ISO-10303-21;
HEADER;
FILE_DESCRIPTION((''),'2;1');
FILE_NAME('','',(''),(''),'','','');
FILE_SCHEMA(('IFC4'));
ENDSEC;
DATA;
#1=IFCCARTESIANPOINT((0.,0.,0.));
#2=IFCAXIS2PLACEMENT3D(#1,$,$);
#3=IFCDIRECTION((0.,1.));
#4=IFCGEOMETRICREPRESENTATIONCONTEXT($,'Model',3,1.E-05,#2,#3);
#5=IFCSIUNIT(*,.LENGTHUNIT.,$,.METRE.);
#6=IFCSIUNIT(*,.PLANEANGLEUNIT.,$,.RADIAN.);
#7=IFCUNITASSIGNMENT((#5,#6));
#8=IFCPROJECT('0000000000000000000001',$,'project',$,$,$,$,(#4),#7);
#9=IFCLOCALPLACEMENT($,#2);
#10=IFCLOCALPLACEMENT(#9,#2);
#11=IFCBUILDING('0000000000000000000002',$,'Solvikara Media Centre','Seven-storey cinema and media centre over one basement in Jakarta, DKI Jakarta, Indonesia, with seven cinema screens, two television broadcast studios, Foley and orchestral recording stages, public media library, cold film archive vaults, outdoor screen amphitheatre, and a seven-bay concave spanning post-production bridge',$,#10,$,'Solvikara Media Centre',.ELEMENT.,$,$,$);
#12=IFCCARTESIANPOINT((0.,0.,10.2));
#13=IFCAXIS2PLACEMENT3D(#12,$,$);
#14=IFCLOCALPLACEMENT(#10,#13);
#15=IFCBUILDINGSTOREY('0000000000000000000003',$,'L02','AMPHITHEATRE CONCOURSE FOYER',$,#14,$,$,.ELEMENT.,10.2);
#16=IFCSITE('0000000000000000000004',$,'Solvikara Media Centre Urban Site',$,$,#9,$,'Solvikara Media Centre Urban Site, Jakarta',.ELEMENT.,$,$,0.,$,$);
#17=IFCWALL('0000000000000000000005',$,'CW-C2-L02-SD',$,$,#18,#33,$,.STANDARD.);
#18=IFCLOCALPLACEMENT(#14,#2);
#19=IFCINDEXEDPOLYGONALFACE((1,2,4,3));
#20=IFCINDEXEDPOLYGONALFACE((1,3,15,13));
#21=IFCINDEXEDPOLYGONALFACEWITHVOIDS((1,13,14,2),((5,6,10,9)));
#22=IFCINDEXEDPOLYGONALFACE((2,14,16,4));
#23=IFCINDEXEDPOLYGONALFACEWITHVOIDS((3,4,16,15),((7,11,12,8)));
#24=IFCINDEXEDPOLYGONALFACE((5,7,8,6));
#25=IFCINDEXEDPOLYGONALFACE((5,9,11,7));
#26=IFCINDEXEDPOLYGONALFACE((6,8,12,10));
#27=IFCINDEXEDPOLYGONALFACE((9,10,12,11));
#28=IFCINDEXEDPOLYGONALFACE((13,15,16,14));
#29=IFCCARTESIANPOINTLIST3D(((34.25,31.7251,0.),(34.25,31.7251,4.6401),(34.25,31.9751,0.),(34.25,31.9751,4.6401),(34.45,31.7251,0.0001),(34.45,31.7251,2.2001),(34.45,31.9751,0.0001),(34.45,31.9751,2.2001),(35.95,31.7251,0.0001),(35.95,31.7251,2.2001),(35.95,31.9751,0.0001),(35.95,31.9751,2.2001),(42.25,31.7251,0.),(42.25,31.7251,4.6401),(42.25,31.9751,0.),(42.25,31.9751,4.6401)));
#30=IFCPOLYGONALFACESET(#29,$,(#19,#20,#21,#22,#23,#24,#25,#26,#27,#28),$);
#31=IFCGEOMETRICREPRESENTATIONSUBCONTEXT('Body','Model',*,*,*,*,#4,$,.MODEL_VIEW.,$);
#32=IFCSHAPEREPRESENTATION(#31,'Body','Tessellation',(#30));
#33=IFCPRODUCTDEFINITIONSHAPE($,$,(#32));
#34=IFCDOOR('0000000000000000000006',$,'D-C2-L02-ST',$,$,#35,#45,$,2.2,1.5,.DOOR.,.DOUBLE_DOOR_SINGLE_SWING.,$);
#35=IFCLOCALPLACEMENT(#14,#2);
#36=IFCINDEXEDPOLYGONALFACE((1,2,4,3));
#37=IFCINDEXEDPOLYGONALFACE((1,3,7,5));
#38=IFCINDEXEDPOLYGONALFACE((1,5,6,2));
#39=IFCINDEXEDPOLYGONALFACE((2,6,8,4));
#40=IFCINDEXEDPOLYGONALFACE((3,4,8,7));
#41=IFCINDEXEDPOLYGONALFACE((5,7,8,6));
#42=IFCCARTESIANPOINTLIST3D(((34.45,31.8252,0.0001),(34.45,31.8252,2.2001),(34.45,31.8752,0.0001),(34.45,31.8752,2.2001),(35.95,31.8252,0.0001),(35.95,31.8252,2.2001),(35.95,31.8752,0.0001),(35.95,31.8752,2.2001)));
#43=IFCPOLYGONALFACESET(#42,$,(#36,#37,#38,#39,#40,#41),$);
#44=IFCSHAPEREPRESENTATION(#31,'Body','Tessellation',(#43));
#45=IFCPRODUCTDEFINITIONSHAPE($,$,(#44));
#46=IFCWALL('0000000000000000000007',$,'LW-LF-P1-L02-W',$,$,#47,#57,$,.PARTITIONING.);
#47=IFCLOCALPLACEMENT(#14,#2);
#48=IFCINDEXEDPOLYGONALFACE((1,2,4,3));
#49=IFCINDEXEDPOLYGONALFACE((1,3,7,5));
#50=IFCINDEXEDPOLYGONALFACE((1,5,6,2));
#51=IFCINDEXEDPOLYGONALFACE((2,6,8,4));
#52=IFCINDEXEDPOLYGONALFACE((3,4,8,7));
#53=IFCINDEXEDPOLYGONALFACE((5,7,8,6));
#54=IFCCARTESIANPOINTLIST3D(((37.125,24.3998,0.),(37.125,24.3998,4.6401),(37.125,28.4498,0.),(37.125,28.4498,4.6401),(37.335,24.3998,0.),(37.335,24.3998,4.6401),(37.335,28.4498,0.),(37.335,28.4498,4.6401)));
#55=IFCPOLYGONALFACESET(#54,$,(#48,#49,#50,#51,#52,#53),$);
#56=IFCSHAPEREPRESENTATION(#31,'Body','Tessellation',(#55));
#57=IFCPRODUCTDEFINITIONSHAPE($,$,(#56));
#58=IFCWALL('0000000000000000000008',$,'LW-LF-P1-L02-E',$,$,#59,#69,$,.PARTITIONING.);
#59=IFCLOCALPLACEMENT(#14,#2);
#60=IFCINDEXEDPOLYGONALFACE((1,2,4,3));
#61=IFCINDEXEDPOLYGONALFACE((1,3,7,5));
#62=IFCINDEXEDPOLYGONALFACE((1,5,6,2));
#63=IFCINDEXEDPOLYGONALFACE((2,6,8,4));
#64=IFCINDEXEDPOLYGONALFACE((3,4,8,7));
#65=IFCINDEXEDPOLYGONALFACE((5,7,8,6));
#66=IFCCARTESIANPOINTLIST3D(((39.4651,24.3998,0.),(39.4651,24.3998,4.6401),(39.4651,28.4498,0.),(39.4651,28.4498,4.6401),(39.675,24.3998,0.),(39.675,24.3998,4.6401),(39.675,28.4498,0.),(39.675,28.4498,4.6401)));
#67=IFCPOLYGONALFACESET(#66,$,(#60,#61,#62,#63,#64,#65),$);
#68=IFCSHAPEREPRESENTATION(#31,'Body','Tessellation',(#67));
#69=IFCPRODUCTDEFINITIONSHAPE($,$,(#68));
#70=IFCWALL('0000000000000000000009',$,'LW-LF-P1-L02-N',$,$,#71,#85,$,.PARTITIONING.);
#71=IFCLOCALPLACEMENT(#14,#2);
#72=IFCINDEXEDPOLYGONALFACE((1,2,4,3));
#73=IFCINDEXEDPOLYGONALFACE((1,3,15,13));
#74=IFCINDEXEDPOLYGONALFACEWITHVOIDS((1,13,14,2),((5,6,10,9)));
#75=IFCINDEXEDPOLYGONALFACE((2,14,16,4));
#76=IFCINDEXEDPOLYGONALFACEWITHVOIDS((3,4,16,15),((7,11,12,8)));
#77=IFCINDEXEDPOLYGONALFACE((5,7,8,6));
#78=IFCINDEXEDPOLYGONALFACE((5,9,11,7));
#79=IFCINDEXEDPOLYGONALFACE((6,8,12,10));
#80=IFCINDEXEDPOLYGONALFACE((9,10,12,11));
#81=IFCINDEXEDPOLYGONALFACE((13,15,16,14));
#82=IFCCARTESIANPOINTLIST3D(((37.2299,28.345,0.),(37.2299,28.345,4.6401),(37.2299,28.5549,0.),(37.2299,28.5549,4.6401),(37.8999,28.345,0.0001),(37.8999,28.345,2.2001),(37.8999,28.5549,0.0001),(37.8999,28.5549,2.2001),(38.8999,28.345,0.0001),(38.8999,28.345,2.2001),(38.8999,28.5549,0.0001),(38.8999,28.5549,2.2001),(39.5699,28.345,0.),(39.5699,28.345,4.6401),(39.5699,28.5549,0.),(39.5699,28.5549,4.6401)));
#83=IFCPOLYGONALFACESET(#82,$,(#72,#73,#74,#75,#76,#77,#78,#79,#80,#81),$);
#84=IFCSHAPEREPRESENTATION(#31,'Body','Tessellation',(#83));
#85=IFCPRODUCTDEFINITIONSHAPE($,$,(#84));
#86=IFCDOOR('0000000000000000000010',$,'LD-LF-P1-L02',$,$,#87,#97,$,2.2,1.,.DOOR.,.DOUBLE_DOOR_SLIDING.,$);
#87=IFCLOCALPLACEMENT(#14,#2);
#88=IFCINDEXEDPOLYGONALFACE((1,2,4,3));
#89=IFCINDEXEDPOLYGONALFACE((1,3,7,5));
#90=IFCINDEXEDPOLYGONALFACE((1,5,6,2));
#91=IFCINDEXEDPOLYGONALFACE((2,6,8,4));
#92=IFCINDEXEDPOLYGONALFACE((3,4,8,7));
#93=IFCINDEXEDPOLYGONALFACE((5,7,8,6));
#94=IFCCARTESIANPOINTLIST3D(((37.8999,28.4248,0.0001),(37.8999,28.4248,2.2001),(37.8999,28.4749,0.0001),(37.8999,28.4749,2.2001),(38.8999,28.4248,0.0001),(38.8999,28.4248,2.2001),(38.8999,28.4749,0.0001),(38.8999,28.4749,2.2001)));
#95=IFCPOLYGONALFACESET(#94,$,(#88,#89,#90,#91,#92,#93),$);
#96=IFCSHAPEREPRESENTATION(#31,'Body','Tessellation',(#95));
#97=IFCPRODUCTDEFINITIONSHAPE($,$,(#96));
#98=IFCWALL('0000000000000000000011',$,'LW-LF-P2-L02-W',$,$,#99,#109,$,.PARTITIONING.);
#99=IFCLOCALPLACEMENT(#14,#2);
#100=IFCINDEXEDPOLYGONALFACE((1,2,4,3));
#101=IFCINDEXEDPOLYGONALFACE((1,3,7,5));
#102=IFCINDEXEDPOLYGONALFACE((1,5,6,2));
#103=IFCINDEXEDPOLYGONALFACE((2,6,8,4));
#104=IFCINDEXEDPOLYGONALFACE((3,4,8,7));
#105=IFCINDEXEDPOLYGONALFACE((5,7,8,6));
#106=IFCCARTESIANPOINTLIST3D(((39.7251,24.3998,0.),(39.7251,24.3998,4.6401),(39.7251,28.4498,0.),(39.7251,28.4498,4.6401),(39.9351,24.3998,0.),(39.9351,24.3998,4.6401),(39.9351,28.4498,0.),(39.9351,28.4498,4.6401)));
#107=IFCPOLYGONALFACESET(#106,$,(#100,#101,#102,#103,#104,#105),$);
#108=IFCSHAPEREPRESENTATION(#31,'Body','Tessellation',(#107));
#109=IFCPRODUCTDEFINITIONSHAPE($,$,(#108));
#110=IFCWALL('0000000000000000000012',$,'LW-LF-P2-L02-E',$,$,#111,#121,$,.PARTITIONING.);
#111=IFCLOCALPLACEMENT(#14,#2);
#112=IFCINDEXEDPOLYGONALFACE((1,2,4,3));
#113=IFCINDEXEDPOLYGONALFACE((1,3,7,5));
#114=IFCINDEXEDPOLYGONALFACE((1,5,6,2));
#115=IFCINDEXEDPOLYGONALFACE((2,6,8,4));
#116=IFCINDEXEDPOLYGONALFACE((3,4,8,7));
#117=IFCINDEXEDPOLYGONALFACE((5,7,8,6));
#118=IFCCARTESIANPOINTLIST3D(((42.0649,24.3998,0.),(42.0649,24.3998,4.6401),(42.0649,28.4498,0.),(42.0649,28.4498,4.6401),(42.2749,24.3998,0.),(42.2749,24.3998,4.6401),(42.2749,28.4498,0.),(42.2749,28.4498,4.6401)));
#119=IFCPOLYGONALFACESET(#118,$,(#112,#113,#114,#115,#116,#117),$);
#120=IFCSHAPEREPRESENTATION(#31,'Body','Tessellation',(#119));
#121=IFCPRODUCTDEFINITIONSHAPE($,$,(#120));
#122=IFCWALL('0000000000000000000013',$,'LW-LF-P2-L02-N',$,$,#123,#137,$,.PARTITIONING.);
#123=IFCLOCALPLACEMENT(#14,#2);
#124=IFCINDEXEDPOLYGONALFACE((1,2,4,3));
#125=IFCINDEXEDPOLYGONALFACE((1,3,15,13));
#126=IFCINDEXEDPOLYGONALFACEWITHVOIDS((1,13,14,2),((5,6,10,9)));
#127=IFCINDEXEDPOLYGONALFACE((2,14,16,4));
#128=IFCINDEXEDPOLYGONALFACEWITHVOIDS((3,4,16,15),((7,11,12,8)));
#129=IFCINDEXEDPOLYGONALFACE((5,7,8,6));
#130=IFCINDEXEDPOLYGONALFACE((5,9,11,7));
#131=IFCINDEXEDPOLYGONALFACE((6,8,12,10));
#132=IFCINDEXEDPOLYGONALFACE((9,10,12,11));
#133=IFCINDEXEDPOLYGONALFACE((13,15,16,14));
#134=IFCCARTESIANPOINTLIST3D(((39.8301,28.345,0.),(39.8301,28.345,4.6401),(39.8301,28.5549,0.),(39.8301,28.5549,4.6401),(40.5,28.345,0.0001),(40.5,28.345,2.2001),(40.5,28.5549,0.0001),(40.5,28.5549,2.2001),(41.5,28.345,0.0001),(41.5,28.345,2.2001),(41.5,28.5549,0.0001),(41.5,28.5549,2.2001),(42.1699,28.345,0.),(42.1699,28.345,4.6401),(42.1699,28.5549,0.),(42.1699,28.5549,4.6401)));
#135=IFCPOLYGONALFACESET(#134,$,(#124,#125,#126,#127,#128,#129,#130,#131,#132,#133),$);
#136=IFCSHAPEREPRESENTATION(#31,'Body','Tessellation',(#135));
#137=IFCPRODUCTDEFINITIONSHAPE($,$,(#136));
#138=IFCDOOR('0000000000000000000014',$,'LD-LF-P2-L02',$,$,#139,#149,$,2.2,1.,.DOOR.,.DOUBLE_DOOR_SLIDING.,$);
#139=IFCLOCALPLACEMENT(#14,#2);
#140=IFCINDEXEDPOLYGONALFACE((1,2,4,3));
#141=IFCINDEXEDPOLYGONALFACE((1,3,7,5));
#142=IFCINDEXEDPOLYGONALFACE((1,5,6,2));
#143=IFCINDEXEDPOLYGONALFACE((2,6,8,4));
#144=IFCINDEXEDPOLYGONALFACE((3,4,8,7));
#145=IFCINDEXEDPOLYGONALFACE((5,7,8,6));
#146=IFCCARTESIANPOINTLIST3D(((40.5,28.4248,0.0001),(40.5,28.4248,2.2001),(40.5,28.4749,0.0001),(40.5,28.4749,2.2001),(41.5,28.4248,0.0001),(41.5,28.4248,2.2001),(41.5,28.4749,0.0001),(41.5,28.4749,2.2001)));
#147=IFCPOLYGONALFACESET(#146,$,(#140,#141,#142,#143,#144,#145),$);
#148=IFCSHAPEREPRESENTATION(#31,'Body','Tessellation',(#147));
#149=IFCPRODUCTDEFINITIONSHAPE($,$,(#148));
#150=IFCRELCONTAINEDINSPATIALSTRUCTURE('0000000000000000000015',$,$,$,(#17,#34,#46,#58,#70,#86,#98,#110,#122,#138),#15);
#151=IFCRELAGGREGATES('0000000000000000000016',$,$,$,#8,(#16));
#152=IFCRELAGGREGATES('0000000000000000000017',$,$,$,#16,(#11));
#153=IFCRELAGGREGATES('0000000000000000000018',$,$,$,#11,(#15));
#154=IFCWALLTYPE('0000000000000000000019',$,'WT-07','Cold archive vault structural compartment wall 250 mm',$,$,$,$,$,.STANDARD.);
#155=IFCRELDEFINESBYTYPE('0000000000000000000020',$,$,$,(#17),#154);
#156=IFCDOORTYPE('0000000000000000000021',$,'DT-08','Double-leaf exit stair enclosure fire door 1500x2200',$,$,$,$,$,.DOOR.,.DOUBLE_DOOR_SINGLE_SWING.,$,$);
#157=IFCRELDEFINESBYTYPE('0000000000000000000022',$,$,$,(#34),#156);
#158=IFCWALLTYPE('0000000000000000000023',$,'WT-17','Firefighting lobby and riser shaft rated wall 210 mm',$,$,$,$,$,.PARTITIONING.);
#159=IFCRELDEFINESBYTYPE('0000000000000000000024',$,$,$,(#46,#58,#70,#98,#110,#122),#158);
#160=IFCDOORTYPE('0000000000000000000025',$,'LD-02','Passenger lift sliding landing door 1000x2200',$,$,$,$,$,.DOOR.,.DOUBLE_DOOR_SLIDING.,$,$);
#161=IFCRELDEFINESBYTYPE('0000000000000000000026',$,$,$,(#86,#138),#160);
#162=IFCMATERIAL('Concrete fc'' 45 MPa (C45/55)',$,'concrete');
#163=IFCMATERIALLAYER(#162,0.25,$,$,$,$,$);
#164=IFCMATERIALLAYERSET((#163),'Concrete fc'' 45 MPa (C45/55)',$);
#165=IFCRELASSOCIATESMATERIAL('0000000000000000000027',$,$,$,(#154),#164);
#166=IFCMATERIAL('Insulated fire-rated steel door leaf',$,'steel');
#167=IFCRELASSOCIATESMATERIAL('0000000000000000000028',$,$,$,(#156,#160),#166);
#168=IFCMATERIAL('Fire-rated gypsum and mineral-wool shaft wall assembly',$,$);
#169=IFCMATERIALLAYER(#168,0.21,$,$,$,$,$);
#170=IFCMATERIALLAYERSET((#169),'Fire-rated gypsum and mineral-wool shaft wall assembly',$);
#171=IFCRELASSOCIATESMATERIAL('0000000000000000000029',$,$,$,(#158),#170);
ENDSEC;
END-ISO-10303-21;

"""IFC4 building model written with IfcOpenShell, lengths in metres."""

from ifc_helpers import new_model, si_unit, direction, frame, frame_2d, origin, place, context, subcontext, project, spatial, rectangle, extrude, material, layer, layer_set, type_object, element, fill, save


model = new_model("IFC4")

# Units and contexts
model_context = context("Model", 3, precision=1e-05, world=origin(), true_north=direction((0.0, 1.0)))
body_context = subcontext(model_context, "Body", "Model", "MODEL_VIEW")
ifc_project = project(units=[si_unit("LENGTHUNIT", "METRE"), si_unit("PLANEANGLEUNIT", "RADIAN")], contexts=[model_context])

# Site, building, storey
site_placement = place(None, origin())
site = spatial("IfcSite", under=ifc_project, at=site_placement, Name="Solvikara Media Centre Urban Site", LongName="Solvikara Media Centre Urban Site, Jakarta", CompositionType="ELEMENT", RefElevation=0.0)
building_placement = place(site_placement, origin())
building = spatial("IfcBuilding", under=site, at=building_placement, Name="Solvikara Media Centre", Description="Seven-storey cinema and media centre over one basement in Jakarta, DKI Jakarta, Indonesia, with seven cinema screens, two television broadcast studios, Foley and orchestral recording stages, public media library, cold film archive vaults, outdoor screen amphitheatre, and a seven-bay concave spanning post-production bridge", LongName="Solvikara Media Centre", CompositionType="ELEMENT")
storey_placement = place(building_placement, frame((0.0, 0.0, 10.2)))
storey = spatial("IfcBuildingStorey", under=building, at=storey_placement, Name="L02", Description="AMPHITHEATRE CONCOURSE FOYER", CompositionType="ELEMENT", Elevation=10.2)

# Shared definitions
ifc_material_1 = material(Name="Concrete fc' 45 MPa (C45/55)", Category="concrete")

# Wall, opening, door
ifc_layer_1 = layer(ifc_material_1, 0.25)
ifc_layer_set_1 = layer_set([ifc_layer_1], Name="Concrete fc' 45 MPa (C45/55)")
wall_type_1 = type_object("IfcWallType", Name="WT-07", Description="Cold archive vault structural compartment wall 250 mm", PredefinedType="STANDARD", material=ifc_layer_set_1)
wall_1_placement = place(storey_placement, frame((34.25, 31.8501, 0.0), z_axis=(0.0, 0.0, 1.0), x_axis=(1.0, 0.0, 0.0)))
wall_1 = element("IfcWall", 1, at=wall_1_placement, inside=storey, type_object=wall_type_1, Name="CW-C2-L02-SD", PredefinedType="STANDARD", context=body_context, shape_type="SweptSolid", body=[
    extrude(rectangle(XDim=8.0, YDim=0.25, at=frame_2d((4.0, 0.0))), origin(), (0.0, 0.0, 1.0), 4.6401),
])
opening_1_placement = place(wall_1_placement, frame((0.2, 0.0, 0.0)))
opening_1 = element("IfcOpeningElement", 2, at=opening_1_placement, cuts=wall_1, PredefinedType="OPENING", context=body_context, shape_type="SweptSolid", body=[
    extrude(rectangle(XDim=1.5, YDim=2.2, at=frame_2d((0.75, 1.1001))), frame((0.0, 0.137, 0.0), z_axis=(0.0, -1.0, 0.0), x_axis=(1.0, 0.0, 0.0)), (0.0, 0.0, 1.0), 0.2739),
])
ifc_material_2 = material(Name="Insulated fire-rated steel door leaf", Category="steel")
door_type_1 = type_object("IfcDoorType", Name="DT-08", Description="Double-leaf exit stair enclosure fire door 1500x2200", OperationType="DOUBLE_DOOR_SINGLE_SWING", PredefinedType="DOOR", material=ifc_material_2)
door_1_placement = place(opening_1_placement, frame((1.5, 0.0, 0.0), z_axis=(0.0, 0.0, 1.0), x_axis=(-1.0, 0.0, 0.0)))
door_1 = element("IfcDoor", 3, at=door_1_placement, inside=storey, type_object=door_type_1, Name="D-C2-L02-ST", OperationType="DOUBLE_DOOR_SINGLE_SWING", OverallHeight=2.2, OverallWidth=1.5, PredefinedType="DOOR", context=body_context, shape_type="SweptSolid", body=[
    extrude(rectangle(XDim=1.5, YDim=2.2, at=frame_2d((0.75, 1.1001))), frame((0.0, 0.0249, 0.0), z_axis=(0.0, -1.0, 0.0), x_axis=(1.0, 0.0, 0.0)), (0.0, 0.0, 1.0), 0.05),
])
fill(opening_1, door_1)

# Walls
ifc_material_3 = material(Name="Fire-rated gypsum and mineral-wool shaft wall assembly")
ifc_layer_2 = layer(ifc_material_3, 0.21)
ifc_layer_set_2 = layer_set([ifc_layer_2], Name="Fire-rated gypsum and mineral-wool shaft wall assembly")
wall_type_2 = type_object("IfcWallType", Name="WT-17", Description="Firefighting lobby and riser shaft rated wall 210 mm", PredefinedType="PARTITIONING", material=ifc_layer_set_2)
for number, where, z_axis, x_axis, name in (
    (4, (37.23, 24.3999, 0.0), (0.0, 0.0, 1.0), (0.0, 1.0, 0.0), "LW-LF-P1-L02-W"),
    (5, (39.5701, 24.3999, 0.0), (0.0, 0.0, 1.0), (0.0, 1.0, 0.0), "LW-LF-P1-L02-E"),
):
    element("IfcWall", number, at=place(storey_placement, frame(where, z_axis=z_axis, x_axis=x_axis)), inside=storey, type_object=wall_type_2, Name=name, PredefinedType="PARTITIONING", context=body_context, shape_type="SweptSolid", body=[
        extrude(rectangle(XDim=4.05, YDim=0.21, at=frame_2d((2.0249, 0.0))), origin(), (0.0, 0.0, 1.0), 4.6401),
    ])

# Wall, opening, door
wall_2_placement = place(storey_placement, frame((37.23, 28.45, 0.0), z_axis=(0.0, 0.0, 1.0), x_axis=(1.0, 0.0, 0.0)))
wall_2 = element("IfcWall", 6, at=wall_2_placement, inside=storey, type_object=wall_type_2, Name="LW-LF-P1-L02-N", PredefinedType="PARTITIONING", context=body_context, shape_type="SweptSolid", body=[
    extrude(rectangle(XDim=2.3401, YDim=0.21, at=frame_2d((1.1699, 0.0))), origin(), (0.0, 0.0, 1.0), 4.6401),
])
opening_2_placement = place(wall_2_placement, frame((0.6699, 0.0, 0.0)))
opening_2 = element("IfcOpeningElement", 7, at=opening_2_placement, cuts=wall_2, PredefinedType="OPENING", context=body_context, shape_type="SweptSolid", body=[
    extrude(rectangle(XDim=1.0, YDim=2.2, at=frame_2d((0.5, 1.1001))), frame((0.0, 0.1169, 0.0), z_axis=(0.0, -1.0, 0.0), x_axis=(1.0, 0.0, 0.0)), (0.0, 0.0, 1.0), 0.2339),
])
door_type_2 = type_object("IfcDoorType", Name="LD-02", Description="Passenger lift sliding landing door 1000x2200", OperationType="DOUBLE_DOOR_SLIDING", PredefinedType="DOOR", material=ifc_material_2)
door_2_placement = place(opening_2_placement, origin())
door_2 = element("IfcDoor", 8, at=door_2_placement, inside=storey, type_object=door_type_2, Name="LD-LF-P1-L02", OperationType="DOUBLE_DOOR_SLIDING", OverallHeight=2.2, OverallWidth=1.0, PredefinedType="DOOR", context=body_context, shape_type="SweptSolid", body=[
    extrude(rectangle(XDim=1.0, YDim=2.2, at=frame_2d((0.5, 1.1001))), frame((0.0, 0.0249, 0.0), z_axis=(0.0, -1.0, 0.0), x_axis=(1.0, 0.0, 0.0)), (0.0, 0.0, 1.0), 0.05),
])
fill(opening_2, door_2)

# Walls
for number, where, z_axis, x_axis, name in (
    (9, (39.8301, 24.3999, 0.0), (0.0, 0.0, 1.0), (0.0, 1.0, 0.0), "LW-LF-P2-L02-W"),
    (10, (42.1699, 24.3999, 0.0), (0.0, 0.0, 1.0), (0.0, 1.0, 0.0), "LW-LF-P2-L02-E"),
):
    element("IfcWall", number, at=place(storey_placement, frame(where, z_axis=z_axis, x_axis=x_axis)), inside=storey, type_object=wall_type_2, Name=name, PredefinedType="PARTITIONING", context=body_context, shape_type="SweptSolid", body=[
        extrude(rectangle(XDim=4.05, YDim=0.21, at=frame_2d((2.0249, 0.0))), origin(), (0.0, 0.0, 1.0), 4.6401),
    ])

# Wall, opening, door
wall_3_placement = place(storey_placement, frame((39.8301, 28.45, 0.0), z_axis=(0.0, 0.0, 1.0), x_axis=(1.0, 0.0, 0.0)))
wall_3 = element("IfcWall", 11, at=wall_3_placement, inside=storey, type_object=wall_type_2, Name="LW-LF-P2-L02-N", PredefinedType="PARTITIONING", context=body_context, shape_type="SweptSolid", body=[
    extrude(rectangle(XDim=2.3398, YDim=0.21, at=frame_2d((1.1699, 0.0))), origin(), (0.0, 0.0, 1.0), 4.6401),
])
opening_3_placement = place(wall_3_placement, frame((0.6699, 0.0, 0.0)))
opening_3 = element("IfcOpeningElement", 12, at=opening_3_placement, cuts=wall_3, PredefinedType="OPENING", context=body_context, shape_type="SweptSolid", body=[
    extrude(rectangle(XDim=1.0, YDim=2.2, at=frame_2d((0.5, 1.1001))), frame((0.0, 0.1169, 0.0), z_axis=(0.0, -1.0, 0.0), x_axis=(1.0, 0.0, 0.0)), (0.0, 0.0, 1.0), 0.2339),
])
door_3_placement = place(opening_3_placement, origin())
door_3 = element("IfcDoor", 13, at=door_3_placement, inside=storey, type_object=door_type_2, Name="LD-LF-P2-L02", OperationType="DOUBLE_DOOR_SLIDING", OverallHeight=2.2, OverallWidth=1.0, PredefinedType="DOOR", context=body_context, shape_type="SweptSolid", body=[
    extrude(rectangle(XDim=1.0, YDim=2.2, at=frame_2d((0.5, 1.1001))), frame((0.0, 0.0249, 0.0), z_axis=(0.0, -1.0, 0.0), x_axis=(1.0, 0.0, 0.0)), (0.0, 0.0, 1.0), 0.05),
])
fill(opening_3, door_3)

save(model, "model.ifc")
